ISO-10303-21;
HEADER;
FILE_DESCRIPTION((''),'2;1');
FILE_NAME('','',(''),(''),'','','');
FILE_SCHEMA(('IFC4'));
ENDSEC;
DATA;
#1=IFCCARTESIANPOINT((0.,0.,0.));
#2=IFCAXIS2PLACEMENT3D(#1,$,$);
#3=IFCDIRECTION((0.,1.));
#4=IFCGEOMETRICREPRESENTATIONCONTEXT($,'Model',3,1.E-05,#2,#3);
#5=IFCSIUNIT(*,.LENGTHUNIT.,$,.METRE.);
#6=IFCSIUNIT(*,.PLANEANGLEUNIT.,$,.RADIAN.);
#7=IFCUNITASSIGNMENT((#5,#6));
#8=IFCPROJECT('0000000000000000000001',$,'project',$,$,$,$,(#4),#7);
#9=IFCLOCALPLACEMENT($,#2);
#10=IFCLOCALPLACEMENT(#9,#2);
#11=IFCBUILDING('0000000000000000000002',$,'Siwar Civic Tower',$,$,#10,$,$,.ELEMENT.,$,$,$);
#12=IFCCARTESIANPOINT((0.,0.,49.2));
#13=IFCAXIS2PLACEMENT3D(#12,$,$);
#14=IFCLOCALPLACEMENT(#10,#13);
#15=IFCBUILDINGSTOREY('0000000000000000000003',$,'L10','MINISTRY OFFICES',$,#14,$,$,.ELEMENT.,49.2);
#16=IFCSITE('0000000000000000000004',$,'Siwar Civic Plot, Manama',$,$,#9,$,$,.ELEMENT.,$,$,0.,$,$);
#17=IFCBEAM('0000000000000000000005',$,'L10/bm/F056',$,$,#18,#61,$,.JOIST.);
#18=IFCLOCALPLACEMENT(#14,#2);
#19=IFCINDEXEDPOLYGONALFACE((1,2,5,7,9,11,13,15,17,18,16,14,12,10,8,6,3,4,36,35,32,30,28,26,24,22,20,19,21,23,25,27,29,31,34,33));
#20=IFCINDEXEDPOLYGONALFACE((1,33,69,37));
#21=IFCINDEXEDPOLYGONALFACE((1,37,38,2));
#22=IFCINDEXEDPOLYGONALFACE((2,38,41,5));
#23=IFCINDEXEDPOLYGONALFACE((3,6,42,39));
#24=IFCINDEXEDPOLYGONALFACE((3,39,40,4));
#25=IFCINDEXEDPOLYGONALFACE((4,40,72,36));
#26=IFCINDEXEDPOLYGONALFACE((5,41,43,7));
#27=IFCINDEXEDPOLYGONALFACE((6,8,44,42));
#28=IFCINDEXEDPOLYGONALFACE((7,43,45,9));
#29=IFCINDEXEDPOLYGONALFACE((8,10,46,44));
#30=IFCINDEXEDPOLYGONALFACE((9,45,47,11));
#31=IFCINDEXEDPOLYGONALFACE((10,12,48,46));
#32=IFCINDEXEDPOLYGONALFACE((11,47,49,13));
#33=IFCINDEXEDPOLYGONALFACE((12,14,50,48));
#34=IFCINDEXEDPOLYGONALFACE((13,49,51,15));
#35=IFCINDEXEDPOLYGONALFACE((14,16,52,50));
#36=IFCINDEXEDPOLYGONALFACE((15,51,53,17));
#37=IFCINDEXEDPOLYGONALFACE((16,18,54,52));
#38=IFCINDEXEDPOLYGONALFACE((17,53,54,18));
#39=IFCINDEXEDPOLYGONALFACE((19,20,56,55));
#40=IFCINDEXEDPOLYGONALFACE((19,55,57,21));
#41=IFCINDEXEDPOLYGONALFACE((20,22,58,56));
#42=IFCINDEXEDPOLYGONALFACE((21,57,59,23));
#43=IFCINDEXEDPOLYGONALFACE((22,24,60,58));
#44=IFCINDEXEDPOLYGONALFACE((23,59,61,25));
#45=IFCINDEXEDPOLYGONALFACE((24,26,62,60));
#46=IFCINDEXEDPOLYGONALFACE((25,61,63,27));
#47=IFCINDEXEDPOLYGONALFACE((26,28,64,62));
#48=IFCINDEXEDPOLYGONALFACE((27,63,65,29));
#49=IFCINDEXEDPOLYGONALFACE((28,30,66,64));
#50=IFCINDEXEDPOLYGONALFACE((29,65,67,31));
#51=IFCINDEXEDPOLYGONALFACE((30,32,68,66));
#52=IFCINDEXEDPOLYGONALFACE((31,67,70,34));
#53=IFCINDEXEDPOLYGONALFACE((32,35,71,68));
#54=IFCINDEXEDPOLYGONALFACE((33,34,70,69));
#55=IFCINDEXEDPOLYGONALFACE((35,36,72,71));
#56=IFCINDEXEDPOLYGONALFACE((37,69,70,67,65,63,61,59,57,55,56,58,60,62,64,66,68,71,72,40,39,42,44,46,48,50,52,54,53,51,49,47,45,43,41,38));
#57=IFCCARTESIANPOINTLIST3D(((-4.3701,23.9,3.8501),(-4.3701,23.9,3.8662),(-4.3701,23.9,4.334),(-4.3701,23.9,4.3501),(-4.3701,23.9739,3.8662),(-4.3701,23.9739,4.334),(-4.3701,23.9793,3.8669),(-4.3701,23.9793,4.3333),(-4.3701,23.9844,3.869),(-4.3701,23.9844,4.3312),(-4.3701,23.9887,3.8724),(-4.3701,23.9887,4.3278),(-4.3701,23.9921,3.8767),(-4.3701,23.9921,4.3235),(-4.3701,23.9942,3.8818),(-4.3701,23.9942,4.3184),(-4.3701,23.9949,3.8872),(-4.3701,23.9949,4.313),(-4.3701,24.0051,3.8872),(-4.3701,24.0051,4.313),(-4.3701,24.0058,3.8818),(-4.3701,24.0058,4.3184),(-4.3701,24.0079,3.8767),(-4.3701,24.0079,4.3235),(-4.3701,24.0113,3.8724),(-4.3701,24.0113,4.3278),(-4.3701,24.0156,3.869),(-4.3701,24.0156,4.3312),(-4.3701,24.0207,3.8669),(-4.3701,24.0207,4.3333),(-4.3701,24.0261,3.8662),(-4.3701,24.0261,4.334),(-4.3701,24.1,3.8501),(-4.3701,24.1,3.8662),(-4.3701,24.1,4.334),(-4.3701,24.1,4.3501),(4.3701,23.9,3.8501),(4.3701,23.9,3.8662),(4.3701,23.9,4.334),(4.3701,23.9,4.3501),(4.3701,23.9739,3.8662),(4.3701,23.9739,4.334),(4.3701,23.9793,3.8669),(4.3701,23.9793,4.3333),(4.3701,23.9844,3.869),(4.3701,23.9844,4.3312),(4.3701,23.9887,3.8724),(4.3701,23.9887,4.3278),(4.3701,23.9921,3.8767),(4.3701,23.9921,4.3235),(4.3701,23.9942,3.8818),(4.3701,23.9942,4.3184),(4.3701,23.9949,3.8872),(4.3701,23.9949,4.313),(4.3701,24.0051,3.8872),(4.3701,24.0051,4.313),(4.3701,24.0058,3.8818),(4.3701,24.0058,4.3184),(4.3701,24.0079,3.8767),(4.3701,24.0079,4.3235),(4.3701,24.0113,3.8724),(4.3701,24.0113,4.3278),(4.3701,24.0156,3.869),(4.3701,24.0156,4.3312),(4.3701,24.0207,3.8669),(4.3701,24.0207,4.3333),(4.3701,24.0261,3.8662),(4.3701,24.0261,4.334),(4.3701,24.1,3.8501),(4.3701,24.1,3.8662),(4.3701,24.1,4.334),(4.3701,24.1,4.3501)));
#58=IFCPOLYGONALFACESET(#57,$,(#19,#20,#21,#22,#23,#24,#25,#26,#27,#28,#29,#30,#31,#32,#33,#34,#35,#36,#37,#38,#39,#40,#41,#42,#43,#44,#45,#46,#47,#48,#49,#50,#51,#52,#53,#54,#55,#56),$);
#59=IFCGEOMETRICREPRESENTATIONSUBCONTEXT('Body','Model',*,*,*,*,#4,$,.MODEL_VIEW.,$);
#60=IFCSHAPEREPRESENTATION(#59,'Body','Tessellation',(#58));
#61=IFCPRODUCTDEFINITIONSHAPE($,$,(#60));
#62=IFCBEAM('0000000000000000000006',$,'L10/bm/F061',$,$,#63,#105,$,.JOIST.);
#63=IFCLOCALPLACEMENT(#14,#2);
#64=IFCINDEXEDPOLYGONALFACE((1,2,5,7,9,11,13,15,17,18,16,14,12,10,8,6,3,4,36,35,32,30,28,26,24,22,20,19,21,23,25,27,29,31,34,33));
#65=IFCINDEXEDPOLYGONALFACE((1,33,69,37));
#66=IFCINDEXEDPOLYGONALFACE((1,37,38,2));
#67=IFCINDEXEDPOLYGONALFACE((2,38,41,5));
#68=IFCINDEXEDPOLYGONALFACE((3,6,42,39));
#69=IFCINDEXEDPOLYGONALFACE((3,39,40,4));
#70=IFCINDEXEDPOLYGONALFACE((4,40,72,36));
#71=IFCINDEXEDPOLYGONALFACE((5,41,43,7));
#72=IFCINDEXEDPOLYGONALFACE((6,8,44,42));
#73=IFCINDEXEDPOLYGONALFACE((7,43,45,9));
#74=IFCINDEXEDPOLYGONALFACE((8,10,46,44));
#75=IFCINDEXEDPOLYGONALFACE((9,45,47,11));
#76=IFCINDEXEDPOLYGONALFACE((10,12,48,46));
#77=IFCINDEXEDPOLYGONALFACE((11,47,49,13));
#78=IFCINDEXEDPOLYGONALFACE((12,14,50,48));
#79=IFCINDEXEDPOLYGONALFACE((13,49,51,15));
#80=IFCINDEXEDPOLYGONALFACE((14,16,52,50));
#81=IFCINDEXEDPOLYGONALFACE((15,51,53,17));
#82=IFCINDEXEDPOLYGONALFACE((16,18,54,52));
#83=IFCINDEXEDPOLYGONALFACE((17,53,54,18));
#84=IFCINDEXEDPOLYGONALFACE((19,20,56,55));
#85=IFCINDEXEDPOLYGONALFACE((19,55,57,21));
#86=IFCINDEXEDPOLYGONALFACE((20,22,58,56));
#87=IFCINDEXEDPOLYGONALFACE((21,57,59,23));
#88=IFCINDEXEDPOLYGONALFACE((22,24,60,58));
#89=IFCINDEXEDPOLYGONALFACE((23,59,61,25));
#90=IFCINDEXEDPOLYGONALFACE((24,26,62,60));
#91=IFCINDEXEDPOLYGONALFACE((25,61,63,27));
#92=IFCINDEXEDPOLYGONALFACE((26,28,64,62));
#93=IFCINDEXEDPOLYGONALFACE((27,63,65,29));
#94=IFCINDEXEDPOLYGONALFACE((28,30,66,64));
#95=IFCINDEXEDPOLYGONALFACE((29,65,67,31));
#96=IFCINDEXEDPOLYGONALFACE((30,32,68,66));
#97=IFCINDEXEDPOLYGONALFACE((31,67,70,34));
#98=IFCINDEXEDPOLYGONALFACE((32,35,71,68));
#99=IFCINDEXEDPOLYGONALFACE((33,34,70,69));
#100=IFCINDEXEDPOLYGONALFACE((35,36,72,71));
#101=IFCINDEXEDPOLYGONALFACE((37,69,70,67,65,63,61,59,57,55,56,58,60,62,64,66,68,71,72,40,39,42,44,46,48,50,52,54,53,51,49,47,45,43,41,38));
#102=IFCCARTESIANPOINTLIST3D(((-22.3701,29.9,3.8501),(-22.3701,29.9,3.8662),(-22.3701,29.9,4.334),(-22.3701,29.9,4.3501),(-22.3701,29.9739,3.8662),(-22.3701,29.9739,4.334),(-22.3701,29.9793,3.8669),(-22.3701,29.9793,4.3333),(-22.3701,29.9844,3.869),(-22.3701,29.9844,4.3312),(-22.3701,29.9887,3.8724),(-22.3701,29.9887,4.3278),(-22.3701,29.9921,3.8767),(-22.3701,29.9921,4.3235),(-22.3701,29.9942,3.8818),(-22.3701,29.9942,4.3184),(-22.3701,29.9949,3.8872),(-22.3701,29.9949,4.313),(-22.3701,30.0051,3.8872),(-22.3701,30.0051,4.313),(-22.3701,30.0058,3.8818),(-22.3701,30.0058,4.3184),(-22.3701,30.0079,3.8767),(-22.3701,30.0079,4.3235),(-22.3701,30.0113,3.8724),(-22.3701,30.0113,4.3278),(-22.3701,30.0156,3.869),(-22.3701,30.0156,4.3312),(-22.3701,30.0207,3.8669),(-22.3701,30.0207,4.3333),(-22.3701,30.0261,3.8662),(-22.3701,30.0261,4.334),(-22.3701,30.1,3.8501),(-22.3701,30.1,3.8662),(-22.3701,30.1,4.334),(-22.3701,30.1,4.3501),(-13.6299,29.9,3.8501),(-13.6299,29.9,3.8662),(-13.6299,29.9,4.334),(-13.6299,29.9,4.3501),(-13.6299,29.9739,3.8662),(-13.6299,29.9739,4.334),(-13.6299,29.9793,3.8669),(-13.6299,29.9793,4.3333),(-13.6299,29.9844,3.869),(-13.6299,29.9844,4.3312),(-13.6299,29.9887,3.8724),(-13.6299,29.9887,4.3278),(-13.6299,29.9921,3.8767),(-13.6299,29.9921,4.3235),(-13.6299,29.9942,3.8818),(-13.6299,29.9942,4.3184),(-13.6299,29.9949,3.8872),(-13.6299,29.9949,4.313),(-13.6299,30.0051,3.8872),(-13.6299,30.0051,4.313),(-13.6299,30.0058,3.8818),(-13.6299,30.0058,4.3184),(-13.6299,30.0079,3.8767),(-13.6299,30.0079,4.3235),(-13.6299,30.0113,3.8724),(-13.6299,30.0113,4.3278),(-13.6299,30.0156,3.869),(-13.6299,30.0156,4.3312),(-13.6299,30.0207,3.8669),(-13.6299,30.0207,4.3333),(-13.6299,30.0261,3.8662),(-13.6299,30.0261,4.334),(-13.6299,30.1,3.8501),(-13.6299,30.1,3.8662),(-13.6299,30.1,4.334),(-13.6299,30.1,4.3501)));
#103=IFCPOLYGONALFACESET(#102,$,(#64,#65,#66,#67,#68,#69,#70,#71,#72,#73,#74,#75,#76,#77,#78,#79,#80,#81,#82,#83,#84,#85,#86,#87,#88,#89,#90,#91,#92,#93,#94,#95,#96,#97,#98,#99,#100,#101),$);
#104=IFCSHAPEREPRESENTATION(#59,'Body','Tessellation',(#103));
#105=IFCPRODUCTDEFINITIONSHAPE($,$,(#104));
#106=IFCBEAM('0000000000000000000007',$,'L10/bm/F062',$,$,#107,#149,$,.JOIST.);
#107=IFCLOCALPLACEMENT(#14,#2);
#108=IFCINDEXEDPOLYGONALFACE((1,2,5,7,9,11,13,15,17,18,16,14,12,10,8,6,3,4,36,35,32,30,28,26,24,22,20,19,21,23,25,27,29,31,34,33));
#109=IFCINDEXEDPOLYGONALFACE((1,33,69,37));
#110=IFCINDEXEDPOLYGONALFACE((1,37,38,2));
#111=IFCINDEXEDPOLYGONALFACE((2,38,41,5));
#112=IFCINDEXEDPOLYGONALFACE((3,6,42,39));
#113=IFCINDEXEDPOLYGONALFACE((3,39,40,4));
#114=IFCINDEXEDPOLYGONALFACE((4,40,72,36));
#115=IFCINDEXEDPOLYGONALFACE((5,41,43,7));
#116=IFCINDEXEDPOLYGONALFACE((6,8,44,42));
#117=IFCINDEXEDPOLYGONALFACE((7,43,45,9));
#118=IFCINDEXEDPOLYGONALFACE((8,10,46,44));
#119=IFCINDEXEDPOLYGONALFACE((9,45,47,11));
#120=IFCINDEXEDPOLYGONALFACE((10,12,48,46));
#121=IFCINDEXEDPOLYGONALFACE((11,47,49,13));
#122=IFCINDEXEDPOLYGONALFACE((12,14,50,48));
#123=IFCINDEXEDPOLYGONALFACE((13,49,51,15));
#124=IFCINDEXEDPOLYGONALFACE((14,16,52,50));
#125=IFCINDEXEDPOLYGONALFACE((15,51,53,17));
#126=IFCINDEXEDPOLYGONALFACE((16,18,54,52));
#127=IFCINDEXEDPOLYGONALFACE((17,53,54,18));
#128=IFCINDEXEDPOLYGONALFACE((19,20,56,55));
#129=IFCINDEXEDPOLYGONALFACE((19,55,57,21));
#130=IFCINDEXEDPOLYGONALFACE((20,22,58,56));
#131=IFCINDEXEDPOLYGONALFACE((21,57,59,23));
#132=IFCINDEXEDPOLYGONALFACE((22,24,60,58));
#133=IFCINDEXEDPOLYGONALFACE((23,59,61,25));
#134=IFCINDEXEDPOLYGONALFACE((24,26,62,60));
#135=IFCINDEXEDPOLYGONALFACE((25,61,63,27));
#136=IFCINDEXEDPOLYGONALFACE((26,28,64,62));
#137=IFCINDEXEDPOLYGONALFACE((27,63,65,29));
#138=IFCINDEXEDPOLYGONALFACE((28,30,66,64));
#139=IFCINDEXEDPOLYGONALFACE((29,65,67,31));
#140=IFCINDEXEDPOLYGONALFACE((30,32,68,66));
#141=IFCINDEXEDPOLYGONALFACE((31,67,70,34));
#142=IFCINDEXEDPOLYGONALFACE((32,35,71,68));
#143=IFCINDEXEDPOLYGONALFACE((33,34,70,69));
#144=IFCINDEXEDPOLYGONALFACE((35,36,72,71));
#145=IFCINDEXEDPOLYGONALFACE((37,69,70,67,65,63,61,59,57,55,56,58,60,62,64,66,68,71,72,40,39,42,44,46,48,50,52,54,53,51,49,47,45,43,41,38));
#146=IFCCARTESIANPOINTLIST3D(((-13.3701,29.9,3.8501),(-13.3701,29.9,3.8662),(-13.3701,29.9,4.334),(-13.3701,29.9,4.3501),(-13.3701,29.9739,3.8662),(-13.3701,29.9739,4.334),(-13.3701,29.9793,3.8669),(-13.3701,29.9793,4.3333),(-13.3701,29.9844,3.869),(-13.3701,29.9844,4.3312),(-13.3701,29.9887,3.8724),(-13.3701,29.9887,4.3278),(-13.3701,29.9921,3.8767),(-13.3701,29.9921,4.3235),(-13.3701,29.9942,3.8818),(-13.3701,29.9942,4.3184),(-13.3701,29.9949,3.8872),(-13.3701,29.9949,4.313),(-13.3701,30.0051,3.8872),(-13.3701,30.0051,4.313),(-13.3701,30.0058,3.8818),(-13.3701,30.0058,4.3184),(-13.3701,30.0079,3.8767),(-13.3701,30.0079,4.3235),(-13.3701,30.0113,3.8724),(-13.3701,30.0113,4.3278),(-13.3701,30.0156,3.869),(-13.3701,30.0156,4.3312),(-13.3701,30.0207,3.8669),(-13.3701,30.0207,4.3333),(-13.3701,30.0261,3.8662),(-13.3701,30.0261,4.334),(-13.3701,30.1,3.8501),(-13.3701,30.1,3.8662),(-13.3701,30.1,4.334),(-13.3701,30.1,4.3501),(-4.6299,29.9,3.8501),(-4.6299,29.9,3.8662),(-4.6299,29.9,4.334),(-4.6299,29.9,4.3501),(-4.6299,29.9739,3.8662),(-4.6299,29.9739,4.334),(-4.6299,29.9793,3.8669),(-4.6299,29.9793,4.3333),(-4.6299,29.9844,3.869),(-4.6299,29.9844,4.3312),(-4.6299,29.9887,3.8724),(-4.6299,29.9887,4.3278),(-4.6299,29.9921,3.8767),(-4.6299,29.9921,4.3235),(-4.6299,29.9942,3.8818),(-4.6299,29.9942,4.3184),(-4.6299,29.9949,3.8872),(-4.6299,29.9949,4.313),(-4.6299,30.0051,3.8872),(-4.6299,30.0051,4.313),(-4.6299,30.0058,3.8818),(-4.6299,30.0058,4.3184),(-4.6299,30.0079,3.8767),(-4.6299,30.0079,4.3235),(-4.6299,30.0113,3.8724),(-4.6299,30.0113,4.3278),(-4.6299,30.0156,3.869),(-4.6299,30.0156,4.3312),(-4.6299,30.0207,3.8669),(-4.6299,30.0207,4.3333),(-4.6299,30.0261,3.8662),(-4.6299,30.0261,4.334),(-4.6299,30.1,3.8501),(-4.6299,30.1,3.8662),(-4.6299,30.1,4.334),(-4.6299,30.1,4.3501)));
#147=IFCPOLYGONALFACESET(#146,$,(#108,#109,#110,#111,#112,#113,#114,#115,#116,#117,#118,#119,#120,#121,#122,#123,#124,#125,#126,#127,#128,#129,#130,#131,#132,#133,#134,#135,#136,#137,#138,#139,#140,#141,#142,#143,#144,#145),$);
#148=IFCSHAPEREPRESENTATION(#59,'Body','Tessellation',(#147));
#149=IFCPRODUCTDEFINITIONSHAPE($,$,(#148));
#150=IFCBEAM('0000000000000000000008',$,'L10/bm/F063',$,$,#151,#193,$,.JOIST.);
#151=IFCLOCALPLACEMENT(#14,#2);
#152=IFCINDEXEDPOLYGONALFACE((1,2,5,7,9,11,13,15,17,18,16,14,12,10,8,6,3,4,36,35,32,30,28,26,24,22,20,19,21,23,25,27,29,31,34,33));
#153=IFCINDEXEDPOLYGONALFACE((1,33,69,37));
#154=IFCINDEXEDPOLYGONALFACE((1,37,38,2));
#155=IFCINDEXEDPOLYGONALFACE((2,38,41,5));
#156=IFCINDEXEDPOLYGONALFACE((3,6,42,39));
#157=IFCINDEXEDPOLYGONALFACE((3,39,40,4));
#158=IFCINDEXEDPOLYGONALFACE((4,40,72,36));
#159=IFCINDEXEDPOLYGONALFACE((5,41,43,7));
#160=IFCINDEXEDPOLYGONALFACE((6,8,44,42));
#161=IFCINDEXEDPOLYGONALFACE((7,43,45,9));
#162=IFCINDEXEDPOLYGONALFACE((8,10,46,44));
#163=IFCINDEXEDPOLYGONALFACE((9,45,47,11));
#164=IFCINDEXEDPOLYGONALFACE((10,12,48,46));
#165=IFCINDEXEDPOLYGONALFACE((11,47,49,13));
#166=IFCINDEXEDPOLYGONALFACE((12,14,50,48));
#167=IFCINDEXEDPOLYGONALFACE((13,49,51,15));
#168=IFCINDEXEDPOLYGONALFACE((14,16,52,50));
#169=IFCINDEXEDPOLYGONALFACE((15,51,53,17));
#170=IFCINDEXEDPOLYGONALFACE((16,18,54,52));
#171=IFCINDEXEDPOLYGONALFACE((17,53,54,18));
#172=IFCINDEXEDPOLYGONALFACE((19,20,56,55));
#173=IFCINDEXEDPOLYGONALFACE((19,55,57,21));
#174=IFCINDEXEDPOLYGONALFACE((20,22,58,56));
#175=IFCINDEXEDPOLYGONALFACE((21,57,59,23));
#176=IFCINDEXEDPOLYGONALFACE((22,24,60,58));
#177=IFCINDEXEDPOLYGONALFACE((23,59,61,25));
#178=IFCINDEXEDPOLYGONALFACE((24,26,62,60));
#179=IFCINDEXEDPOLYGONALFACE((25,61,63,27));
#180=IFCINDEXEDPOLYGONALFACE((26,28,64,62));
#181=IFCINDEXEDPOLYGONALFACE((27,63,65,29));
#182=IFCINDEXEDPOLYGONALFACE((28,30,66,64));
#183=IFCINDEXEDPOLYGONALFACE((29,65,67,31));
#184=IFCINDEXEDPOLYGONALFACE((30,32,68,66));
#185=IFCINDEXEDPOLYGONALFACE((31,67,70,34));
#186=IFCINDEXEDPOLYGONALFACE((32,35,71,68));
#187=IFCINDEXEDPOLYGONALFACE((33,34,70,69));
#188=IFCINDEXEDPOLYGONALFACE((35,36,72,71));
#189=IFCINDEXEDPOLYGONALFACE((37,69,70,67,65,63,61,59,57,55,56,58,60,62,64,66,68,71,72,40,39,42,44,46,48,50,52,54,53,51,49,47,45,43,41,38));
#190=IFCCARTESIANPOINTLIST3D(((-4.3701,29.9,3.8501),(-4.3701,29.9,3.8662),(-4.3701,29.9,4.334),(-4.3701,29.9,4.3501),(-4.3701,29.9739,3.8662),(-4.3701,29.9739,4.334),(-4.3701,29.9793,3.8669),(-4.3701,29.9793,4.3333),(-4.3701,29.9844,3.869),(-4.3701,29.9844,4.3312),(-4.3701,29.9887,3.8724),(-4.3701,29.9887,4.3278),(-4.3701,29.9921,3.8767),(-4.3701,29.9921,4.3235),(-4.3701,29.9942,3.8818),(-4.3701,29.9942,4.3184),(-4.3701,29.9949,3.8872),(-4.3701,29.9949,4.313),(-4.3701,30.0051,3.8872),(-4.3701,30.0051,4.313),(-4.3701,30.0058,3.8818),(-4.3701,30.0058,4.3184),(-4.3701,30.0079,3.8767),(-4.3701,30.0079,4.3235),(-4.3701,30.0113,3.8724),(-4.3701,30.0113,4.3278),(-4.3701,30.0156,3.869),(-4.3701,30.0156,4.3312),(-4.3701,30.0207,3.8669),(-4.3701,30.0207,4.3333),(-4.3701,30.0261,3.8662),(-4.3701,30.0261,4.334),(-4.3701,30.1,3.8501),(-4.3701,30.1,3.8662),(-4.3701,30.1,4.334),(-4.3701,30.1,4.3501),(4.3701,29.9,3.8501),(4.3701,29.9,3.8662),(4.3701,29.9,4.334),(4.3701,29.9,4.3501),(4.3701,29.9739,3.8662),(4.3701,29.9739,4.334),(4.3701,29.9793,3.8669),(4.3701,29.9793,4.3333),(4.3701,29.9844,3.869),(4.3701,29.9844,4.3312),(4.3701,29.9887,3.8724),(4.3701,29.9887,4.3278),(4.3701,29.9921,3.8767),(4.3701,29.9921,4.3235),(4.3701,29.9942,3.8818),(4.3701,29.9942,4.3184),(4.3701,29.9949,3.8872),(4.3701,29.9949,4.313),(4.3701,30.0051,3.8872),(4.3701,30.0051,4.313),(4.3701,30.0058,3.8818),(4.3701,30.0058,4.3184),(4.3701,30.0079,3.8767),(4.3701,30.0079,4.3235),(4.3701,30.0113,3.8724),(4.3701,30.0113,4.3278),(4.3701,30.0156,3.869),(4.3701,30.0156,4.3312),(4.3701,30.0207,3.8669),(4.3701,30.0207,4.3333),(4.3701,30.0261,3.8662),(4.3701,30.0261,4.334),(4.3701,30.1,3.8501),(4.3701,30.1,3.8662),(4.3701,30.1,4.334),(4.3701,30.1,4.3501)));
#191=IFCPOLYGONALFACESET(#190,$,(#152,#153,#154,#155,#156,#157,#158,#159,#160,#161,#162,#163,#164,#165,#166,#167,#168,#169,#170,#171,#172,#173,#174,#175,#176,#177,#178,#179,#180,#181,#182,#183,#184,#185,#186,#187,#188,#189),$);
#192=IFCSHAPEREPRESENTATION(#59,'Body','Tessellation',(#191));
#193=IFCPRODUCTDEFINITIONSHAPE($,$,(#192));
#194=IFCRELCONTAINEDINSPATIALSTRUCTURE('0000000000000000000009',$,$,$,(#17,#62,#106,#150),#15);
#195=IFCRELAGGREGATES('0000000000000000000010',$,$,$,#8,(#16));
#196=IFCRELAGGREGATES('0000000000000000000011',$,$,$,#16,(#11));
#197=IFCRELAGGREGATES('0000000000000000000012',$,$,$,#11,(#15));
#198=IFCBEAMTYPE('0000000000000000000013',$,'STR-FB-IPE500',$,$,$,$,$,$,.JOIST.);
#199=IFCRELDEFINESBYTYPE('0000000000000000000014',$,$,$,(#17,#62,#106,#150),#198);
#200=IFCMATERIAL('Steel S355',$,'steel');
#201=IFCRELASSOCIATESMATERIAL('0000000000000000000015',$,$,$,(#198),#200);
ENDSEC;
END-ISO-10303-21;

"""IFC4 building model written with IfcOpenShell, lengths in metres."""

from ifc_helpers import new_model, si_unit, direction, frame, origin, origin_2d, place, context, subcontext, project, spatial, i_section, extrude, material, material_profile, profile_set, type_object, element, save


model = new_model("IFC4")

# Units and contexts
model_context = context("Model", 3, precision=1e-05, world=origin(), true_north=direction((0.0, 1.0)))
body_context = subcontext(model_context, "Body", "Model", "MODEL_VIEW")
ifc_project = project(units=[si_unit("LENGTHUNIT", "METRE"), si_unit("PLANEANGLEUNIT", "RADIAN")], contexts=[model_context])

# Site, building, storey
site_placement = place(None, origin())
site = spatial("IfcSite", under=ifc_project, at=site_placement, Name="Siwar Civic Plot, Manama", CompositionType="ELEMENT", RefElevation=0.0)
building_placement = place(site_placement, origin())
building = spatial("IfcBuilding", under=site, at=building_placement, Name="Siwar Civic Tower", CompositionType="ELEMENT")
storey_placement = place(building_placement, frame((0.0, 0.0, 49.2)))
storey = spatial("IfcBuildingStorey", under=building, at=storey_placement, Name="L10", Description="MINISTRY OFFICES", CompositionType="ELEMENT", Elevation=49.2)

# Beams
ifc_material_1 = material(Name="Steel S355", Category="steel")
ifc_material_profile_1 = material_profile(ifc_material_1, i_section(OverallWidth=0.2, OverallDepth=0.5, WebThickness=0.0103, FlangeThickness=0.0161, FilletRadius=0.021, at=origin_2d()), Name="IPE500")
ifc_profile_set_1 = profile_set([ifc_material_profile_1], Name="Steel S355")
beam_type_1 = type_object("IfcBeamType", Name="STR-FB-IPE500", PredefinedType="JOIST", material=ifc_profile_set_1)
for number, where, z_axis, x_axis, name in (
    (1, (-4.3701, 24.0, 4.1001), (1.0, 0.0, 0.0), (0.0, 1.0, 0.0), "L10/bm/F056"),
    (2, (-22.3701, 30.0, 4.1001), (1.0, 0.0, 0.0), (0.0, 1.0, 0.0), "L10/bm/F061"),
    (3, (-13.3701, 30.0, 4.1001), (1.0, 0.0, 0.0), (0.0, 1.0, 0.0), "L10/bm/F062"),
    (4, (-4.3701, 30.0, 4.1001), (1.0, 0.0, 0.0), (0.0, 1.0, 0.0), "L10/bm/F063"),
):
    element("IfcBeam", number, at=place(storey_placement, frame(where, z_axis=z_axis, x_axis=x_axis)), inside=storey, type_object=beam_type_1, Name=name, PredefinedType="JOIST", context=body_context, shape_type="SweptSolid", body=[
        extrude(i_section(OverallWidth=0.2, OverallDepth=0.5, WebThickness=0.0103, FlangeThickness=0.0161, FilletRadius=0.021, at=origin_2d()), origin(), (0.0, 0.0, 1.0), 8.7402),
    ])

save(model, "model.ifc")
